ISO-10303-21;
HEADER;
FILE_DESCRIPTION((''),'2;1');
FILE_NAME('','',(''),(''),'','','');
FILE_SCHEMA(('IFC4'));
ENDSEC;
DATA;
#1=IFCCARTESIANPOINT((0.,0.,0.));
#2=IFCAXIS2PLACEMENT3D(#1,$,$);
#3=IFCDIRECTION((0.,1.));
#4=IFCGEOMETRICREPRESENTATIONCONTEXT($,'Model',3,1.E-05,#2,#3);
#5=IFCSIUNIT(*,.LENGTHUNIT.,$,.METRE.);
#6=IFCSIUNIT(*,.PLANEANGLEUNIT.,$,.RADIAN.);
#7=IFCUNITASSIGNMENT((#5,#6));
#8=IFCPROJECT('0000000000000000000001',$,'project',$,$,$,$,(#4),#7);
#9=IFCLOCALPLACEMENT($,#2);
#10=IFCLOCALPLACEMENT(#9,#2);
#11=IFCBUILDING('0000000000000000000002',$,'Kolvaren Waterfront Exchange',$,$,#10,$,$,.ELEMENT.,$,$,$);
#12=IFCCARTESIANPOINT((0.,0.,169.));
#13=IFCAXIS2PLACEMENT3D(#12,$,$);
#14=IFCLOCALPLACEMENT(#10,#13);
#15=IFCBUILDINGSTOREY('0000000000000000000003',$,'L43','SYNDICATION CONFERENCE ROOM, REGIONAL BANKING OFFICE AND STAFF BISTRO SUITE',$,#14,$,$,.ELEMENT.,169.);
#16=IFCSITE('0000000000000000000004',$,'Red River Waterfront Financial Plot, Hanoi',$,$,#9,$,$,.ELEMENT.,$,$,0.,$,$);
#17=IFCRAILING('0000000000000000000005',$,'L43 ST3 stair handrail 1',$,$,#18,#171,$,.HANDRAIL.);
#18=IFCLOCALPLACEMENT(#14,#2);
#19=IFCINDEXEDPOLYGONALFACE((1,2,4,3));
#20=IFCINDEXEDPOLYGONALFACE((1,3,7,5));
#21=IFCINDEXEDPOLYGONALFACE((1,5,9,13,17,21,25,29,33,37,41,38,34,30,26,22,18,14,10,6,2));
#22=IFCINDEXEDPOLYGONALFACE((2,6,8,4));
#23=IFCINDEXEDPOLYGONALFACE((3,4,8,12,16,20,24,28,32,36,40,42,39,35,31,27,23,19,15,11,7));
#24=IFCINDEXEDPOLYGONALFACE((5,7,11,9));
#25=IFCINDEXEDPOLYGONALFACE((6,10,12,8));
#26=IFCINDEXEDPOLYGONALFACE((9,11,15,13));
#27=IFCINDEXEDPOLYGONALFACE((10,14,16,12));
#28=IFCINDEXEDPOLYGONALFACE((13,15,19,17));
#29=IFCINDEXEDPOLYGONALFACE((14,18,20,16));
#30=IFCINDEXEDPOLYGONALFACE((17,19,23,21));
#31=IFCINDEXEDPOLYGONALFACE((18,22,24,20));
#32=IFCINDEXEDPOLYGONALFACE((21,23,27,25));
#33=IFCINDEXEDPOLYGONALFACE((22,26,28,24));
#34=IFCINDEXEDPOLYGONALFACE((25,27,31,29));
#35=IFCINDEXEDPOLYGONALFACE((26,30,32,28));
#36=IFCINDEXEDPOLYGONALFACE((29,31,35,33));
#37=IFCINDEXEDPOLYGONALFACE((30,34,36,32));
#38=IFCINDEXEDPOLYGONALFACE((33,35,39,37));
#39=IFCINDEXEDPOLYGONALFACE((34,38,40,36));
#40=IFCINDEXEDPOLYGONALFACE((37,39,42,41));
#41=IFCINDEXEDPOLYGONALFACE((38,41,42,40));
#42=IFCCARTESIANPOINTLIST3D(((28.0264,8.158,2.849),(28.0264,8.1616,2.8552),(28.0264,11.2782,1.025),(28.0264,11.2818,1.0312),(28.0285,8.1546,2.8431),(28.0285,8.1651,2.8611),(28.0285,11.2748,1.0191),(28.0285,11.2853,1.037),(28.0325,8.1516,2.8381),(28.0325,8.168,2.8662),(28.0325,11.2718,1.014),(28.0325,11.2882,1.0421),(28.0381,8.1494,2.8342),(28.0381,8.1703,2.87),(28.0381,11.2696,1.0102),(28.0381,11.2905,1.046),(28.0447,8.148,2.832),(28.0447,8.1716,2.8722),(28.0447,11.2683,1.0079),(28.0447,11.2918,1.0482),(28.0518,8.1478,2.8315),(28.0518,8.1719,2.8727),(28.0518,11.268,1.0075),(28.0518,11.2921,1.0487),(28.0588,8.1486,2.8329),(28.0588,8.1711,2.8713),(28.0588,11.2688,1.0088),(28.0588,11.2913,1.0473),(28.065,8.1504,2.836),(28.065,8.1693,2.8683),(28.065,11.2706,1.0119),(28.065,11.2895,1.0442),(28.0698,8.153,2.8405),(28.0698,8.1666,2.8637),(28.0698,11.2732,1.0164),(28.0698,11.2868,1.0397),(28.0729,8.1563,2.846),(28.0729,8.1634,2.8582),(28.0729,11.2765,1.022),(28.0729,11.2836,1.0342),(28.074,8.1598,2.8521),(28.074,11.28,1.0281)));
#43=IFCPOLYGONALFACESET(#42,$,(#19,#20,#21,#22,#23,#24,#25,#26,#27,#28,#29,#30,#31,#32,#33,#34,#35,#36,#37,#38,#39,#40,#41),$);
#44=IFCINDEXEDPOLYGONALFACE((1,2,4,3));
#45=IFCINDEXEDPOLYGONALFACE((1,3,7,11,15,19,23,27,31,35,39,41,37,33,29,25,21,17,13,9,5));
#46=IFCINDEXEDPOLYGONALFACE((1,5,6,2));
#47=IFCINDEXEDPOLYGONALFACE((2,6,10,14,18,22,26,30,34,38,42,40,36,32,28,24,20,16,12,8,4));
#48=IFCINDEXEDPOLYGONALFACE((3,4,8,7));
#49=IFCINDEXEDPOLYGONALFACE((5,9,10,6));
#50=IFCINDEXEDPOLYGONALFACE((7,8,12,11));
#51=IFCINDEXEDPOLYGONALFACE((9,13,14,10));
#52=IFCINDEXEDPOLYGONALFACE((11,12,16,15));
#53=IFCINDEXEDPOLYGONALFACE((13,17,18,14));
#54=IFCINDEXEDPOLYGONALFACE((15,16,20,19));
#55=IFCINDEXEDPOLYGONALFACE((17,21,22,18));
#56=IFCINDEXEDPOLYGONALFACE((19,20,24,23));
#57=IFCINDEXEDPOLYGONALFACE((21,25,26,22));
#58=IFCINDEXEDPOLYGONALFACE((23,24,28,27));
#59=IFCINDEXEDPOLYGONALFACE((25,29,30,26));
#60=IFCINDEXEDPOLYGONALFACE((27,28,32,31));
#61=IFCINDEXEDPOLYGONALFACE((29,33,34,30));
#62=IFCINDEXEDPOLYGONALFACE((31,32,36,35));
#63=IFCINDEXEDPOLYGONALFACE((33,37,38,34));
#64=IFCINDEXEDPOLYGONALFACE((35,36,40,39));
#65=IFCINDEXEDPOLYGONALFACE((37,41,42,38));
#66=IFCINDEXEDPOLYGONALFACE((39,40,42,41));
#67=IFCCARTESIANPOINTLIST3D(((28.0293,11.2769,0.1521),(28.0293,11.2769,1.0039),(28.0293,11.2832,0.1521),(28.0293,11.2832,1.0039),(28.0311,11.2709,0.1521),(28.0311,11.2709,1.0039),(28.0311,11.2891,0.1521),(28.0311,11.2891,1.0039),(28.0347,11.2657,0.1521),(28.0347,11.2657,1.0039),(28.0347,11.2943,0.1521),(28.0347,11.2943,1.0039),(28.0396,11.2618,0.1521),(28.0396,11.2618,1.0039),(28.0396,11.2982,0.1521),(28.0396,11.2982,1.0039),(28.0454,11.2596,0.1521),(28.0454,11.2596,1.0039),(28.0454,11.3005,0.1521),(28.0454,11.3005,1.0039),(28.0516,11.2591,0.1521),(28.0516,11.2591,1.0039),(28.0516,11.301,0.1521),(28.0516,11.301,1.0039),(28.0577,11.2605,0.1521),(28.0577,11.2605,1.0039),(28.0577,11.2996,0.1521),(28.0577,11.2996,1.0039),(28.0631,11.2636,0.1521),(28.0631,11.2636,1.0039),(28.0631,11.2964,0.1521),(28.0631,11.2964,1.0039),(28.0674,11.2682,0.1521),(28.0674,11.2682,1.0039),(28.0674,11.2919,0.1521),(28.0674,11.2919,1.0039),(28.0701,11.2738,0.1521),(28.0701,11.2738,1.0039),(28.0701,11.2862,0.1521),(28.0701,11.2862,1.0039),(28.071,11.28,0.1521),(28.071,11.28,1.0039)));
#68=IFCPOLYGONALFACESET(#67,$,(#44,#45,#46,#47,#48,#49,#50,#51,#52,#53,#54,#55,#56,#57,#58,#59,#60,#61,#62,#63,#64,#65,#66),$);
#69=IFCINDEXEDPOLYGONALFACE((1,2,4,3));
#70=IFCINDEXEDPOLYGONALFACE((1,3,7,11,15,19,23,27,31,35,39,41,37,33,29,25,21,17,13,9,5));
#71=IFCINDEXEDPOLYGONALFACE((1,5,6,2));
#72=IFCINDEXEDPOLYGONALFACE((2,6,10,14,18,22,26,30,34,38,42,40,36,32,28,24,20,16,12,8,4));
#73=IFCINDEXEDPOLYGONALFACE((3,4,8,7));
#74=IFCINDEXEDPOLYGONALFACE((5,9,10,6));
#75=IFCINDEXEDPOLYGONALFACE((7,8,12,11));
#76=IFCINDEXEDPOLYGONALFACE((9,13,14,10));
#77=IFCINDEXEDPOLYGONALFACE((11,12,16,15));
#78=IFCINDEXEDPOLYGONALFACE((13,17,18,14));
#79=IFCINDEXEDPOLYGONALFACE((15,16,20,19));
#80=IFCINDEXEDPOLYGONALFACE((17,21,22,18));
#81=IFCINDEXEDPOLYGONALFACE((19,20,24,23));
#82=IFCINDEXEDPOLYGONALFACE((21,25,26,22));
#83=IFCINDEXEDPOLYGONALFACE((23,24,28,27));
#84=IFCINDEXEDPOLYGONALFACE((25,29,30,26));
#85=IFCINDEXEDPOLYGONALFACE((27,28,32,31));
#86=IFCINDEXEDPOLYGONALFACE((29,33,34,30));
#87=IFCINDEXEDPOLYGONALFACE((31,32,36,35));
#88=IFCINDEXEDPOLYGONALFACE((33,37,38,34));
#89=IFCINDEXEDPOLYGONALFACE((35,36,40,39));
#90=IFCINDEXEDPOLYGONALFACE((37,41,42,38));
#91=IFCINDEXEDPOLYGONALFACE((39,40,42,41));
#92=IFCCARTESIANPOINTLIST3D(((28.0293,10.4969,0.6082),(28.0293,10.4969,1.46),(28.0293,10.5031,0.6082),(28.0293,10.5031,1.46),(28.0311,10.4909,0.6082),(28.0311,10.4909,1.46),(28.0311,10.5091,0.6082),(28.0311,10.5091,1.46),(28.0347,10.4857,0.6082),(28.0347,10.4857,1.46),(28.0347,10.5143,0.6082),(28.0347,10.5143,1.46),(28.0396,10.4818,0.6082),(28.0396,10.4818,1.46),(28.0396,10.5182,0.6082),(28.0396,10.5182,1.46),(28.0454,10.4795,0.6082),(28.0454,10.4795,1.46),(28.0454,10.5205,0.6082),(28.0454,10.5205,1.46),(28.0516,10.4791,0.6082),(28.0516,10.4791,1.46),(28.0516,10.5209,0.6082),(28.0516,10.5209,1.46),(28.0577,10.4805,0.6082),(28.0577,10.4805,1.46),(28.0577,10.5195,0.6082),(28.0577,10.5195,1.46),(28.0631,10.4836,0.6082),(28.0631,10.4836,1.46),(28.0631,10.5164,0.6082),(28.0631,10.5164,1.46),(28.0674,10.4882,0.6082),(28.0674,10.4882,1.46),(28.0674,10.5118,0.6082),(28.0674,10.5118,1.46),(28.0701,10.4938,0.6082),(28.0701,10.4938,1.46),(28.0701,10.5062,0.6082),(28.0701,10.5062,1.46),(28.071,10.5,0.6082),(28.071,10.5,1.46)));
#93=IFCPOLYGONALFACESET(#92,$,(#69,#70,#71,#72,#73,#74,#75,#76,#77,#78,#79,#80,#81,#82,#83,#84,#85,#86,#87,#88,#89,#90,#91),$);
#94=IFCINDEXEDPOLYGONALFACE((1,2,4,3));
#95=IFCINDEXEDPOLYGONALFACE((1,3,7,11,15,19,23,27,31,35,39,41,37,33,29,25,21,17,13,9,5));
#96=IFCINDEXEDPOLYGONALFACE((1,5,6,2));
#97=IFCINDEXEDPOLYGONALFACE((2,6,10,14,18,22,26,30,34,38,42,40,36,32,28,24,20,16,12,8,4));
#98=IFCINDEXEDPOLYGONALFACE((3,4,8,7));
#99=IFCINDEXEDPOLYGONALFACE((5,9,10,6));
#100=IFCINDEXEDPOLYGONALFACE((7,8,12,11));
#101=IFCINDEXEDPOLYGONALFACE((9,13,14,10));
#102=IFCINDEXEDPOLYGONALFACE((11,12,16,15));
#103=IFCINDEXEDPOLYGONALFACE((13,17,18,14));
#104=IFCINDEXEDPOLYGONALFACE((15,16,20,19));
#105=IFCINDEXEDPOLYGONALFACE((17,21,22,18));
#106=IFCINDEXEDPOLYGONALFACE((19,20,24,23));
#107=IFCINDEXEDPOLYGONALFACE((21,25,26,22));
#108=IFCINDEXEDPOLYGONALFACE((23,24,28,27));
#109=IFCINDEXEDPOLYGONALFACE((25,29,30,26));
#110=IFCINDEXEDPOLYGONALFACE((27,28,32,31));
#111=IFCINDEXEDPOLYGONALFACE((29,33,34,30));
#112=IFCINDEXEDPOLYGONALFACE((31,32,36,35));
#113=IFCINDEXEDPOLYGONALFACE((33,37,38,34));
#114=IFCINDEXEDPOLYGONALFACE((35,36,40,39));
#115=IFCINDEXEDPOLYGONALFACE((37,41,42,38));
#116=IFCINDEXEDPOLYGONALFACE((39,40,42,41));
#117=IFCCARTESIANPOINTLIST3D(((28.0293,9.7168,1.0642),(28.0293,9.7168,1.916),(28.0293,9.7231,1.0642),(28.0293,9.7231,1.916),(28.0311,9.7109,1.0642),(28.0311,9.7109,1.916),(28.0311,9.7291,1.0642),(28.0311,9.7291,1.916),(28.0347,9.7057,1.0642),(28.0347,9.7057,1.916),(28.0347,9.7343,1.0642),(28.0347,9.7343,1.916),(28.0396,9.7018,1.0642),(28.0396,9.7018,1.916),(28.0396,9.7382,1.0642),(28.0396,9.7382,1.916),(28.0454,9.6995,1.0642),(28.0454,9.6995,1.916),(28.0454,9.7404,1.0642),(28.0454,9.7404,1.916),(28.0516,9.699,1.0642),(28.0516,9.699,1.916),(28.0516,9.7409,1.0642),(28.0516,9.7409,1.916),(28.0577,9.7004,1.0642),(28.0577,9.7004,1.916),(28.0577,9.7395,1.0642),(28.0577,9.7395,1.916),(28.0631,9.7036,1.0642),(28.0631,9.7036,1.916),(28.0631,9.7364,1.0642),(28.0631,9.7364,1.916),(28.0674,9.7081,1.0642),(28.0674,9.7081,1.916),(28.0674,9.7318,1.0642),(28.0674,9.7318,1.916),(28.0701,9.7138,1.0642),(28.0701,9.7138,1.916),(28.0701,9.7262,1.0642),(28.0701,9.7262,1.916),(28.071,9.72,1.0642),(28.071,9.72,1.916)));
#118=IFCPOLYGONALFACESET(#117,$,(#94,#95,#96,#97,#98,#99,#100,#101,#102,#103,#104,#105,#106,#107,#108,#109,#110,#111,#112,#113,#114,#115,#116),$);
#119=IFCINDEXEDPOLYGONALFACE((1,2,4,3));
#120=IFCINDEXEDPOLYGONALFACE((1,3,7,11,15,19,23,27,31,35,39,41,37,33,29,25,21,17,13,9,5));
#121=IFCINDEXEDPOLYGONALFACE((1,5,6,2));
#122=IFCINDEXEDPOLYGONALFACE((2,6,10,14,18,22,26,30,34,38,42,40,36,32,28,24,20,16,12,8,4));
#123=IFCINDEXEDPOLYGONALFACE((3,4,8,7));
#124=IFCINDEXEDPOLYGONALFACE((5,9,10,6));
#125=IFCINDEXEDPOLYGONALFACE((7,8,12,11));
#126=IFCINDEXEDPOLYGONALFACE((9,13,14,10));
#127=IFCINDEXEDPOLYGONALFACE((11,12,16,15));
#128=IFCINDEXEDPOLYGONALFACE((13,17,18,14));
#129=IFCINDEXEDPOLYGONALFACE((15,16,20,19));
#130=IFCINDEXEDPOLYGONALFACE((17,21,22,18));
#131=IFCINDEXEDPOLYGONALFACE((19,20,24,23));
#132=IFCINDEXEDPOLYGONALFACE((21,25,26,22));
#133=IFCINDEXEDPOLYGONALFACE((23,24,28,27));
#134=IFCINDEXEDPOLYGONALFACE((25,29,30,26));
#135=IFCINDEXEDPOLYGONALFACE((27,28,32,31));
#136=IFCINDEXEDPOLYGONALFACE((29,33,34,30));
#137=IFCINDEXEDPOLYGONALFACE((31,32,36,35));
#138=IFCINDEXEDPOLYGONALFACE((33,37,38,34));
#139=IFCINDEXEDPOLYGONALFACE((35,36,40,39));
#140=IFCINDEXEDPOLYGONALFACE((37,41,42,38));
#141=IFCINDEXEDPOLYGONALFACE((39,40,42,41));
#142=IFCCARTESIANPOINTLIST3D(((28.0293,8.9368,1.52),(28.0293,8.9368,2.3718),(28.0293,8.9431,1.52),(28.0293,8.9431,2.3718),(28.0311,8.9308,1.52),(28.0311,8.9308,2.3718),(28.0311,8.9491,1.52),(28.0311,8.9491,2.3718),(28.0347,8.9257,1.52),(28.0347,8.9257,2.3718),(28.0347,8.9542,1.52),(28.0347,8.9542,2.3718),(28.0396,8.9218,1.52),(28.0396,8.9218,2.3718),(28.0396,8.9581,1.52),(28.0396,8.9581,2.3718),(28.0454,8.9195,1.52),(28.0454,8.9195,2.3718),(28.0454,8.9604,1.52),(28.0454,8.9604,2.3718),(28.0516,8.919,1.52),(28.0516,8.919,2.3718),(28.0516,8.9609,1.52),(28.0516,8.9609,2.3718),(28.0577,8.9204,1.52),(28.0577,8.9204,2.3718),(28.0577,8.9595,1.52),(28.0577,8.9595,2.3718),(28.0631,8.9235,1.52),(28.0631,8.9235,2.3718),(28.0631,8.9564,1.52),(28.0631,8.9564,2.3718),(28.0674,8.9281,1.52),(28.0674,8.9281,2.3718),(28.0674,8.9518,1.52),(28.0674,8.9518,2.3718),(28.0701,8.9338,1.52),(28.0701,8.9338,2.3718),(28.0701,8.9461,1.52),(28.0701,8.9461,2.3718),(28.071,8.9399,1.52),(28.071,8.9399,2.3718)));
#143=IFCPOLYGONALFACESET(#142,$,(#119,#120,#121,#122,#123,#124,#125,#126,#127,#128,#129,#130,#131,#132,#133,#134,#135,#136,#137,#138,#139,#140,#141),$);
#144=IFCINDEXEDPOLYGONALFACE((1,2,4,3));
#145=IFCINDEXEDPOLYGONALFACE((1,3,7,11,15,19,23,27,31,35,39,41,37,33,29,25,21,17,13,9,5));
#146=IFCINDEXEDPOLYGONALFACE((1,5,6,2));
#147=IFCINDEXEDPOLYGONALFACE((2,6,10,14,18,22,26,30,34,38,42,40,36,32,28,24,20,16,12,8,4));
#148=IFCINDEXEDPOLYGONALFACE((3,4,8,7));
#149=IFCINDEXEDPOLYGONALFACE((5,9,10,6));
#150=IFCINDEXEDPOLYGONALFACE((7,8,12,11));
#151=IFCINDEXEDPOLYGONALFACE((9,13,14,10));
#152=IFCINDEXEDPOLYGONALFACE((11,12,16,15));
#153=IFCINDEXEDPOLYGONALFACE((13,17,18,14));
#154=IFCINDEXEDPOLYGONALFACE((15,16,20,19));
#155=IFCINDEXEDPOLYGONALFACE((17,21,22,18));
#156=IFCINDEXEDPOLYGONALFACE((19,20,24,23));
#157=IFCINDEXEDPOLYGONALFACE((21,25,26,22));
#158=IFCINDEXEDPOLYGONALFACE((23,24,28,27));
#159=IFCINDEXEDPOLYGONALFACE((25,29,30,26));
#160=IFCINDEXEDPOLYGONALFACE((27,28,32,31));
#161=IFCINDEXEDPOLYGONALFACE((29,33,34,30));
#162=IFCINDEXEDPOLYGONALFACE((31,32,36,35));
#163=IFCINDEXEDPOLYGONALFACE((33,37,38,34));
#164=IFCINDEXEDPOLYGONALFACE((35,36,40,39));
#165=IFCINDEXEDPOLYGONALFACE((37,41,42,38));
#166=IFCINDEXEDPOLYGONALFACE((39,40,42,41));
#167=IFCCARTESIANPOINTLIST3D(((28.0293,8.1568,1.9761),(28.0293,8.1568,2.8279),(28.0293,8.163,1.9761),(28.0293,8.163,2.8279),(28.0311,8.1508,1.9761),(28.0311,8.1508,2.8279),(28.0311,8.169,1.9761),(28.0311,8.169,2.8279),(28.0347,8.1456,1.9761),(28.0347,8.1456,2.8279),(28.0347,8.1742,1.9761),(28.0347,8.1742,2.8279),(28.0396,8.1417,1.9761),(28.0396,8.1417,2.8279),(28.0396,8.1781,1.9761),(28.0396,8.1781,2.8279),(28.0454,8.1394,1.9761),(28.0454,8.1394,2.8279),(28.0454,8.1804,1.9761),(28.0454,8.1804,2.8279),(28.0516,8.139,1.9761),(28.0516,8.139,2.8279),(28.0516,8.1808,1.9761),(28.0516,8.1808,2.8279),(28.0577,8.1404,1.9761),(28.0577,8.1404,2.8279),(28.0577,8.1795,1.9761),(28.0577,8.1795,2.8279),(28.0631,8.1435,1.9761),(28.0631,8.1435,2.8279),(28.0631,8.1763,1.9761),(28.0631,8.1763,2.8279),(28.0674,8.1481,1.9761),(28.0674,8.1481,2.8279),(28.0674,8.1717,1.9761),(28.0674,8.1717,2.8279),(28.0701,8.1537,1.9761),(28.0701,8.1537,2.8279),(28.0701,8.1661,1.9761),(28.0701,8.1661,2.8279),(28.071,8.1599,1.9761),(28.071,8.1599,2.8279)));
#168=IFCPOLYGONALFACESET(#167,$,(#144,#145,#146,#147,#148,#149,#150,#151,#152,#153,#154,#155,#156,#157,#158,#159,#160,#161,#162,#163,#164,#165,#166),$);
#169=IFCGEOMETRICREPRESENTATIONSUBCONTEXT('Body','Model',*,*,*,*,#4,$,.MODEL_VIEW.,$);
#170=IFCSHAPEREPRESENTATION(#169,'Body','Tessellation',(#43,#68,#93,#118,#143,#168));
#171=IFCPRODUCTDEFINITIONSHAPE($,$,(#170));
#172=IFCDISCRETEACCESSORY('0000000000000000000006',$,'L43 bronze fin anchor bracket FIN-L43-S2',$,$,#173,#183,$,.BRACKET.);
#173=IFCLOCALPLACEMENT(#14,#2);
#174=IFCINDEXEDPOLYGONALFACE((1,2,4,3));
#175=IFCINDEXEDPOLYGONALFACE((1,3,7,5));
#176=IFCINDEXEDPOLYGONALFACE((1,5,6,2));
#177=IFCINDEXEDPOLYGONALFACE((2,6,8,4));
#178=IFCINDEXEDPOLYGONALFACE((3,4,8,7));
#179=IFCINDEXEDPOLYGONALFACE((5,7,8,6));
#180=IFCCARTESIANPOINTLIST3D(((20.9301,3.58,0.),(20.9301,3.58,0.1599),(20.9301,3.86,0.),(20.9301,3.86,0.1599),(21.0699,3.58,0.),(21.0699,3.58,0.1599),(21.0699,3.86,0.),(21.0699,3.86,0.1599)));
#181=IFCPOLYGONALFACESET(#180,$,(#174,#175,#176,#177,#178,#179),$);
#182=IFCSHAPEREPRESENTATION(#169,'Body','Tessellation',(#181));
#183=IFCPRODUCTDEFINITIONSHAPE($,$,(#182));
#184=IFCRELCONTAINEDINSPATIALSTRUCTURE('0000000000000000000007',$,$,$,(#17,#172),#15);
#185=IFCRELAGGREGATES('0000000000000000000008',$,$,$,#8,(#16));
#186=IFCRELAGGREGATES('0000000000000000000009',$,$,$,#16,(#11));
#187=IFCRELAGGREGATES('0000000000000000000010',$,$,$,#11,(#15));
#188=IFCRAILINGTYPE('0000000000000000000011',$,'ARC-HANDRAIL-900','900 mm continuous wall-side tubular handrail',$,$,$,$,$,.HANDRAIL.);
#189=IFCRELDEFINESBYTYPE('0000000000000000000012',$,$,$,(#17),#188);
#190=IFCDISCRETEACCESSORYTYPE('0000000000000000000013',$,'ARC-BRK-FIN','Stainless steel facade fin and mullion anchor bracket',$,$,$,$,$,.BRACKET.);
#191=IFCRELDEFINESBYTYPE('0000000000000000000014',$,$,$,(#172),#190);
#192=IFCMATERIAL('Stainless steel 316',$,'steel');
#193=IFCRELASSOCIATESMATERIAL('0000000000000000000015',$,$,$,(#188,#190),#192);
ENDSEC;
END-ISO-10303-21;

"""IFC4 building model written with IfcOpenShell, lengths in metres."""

from ifc_helpers import new_model, si_unit, direction, frame, origin, origin_with_axes, origin_2d, place, context, subcontext, project, spatial, rectangle, circle, extrude, source, transform, mapped, material, type_object, element, save


model = new_model("IFC4")

# Units and contexts
model_context = context("Model", 3, precision=1e-05, world=origin(), true_north=direction((0.0, 1.0)))
body_context = subcontext(model_context, "Body", "Model", "MODEL_VIEW")
ifc_project = project(units=[si_unit("LENGTHUNIT", "METRE"), si_unit("PLANEANGLEUNIT", "RADIAN")], contexts=[model_context])

# Site, building, storey
site_placement = place(None, origin())
site = spatial("IfcSite", under=ifc_project, at=site_placement, Name="Red River Waterfront Financial Plot, Hanoi", CompositionType="ELEMENT", RefElevation=0.0)
building_placement = place(site_placement, origin())
building = spatial("IfcBuilding", under=site, at=building_placement, Name="Kolvaren Waterfront Exchange", CompositionType="ELEMENT")
storey_placement = place(building_placement, frame((0.0, 0.0, 169.0)))
storey = spatial("IfcBuildingStorey", under=building, at=storey_placement, Name="L43", Description="SYNDICATION CONFERENCE ROOM, REGIONAL BANKING OFFICE AND STAFF BISTRO SUITE", CompositionType="ELEMENT", Elevation=169.0)

# Railing
ifc_material_1 = material(Name="Stainless steel 316", Category="steel")
railing_type = type_object("IfcRailingType", Name="ARC-HANDRAIL-900", Description="900 mm continuous wall-side tubular handrail", PredefinedType="HANDRAIL", material=ifc_material_1)
railing_1_placement = place(storey_placement, frame((28.05, 11.28, 0.1521)))
element("IfcRailing", 1, at=railing_1_placement, inside=storey, type_object=railing_type, Name="L43 ST3 stair handrail 1", PredefinedType="HANDRAIL", context=body_context, shape_type="SweptSolid", body=[
    extrude(circle(Radius=0.0239, at=origin_2d()), frame((0.0, 0.0, 0.876), z_axis=(0.0, -0.863308, 0.504677), x_axis=(1.0, 0.0, 0.0)), (0.0, 0.0, 1.0), 3.6143),
    extrude(circle(Radius=0.021, at=origin_2d()), origin(), (0.0, 0.0, 1.0), 0.8518),
    extrude(circle(Radius=0.021, at=origin_2d()), frame((0.0, -0.78, 0.4561)), (0.0, 0.0, 1.0), 0.8518),
    extrude(circle(Radius=0.021, at=origin_2d()), frame((0.0, -1.5601, 0.9121)), (0.0, 0.0, 1.0), 0.8518),
    extrude(circle(Radius=0.021, at=origin_2d()), frame((0.0, -2.3401, 1.3679)), (0.0, 0.0, 1.0), 0.8518),
    extrude(circle(Radius=0.021, at=origin_2d()), frame((0.0, -3.1201, 1.824)), (0.0, 0.0, 1.0), 0.8518),
])

# Discrete accessory
discrete_accessory_type = type_object("IfcDiscreteAccessoryType", Name="ARC-BRK-FIN", Description="Stainless steel facade fin and mullion anchor bracket", PredefinedType="BRACKET", material=ifc_material_1)
shared_shape_1 = source(origin_with_axes(), body_context, "Body", "SweptSolid", [
    extrude(rectangle(XDim=0.28, YDim=0.1399, at=origin_2d()), origin(), (0.0, 0.0, 1.0), 0.1599),
])
discrete_accessory_placement = place(storey_placement, frame((21.0, 3.72, 0.0), z_axis=(0.0, 0.0, 1.0), x_axis=(0.0, -1.0, 0.0)))
element("IfcDiscreteAccessory", 2, at=discrete_accessory_placement, inside=storey, type_object=discrete_accessory_type, Name="L43 bronze fin anchor bracket FIN-L43-S2", PredefinedType="BRACKET", context=body_context, shape_type="MappedRepresentation", body=[
    mapped(shared_shape_1, transform((0.0, 0.0, 0.0), x_axis=(1.0, 0.0, 0.0), y_axis=(0.0, 1.0, 0.0), z_axis=(0.0, 0.0, 1.0), scale=1.0)),
])

save(model, "model.ifc")
